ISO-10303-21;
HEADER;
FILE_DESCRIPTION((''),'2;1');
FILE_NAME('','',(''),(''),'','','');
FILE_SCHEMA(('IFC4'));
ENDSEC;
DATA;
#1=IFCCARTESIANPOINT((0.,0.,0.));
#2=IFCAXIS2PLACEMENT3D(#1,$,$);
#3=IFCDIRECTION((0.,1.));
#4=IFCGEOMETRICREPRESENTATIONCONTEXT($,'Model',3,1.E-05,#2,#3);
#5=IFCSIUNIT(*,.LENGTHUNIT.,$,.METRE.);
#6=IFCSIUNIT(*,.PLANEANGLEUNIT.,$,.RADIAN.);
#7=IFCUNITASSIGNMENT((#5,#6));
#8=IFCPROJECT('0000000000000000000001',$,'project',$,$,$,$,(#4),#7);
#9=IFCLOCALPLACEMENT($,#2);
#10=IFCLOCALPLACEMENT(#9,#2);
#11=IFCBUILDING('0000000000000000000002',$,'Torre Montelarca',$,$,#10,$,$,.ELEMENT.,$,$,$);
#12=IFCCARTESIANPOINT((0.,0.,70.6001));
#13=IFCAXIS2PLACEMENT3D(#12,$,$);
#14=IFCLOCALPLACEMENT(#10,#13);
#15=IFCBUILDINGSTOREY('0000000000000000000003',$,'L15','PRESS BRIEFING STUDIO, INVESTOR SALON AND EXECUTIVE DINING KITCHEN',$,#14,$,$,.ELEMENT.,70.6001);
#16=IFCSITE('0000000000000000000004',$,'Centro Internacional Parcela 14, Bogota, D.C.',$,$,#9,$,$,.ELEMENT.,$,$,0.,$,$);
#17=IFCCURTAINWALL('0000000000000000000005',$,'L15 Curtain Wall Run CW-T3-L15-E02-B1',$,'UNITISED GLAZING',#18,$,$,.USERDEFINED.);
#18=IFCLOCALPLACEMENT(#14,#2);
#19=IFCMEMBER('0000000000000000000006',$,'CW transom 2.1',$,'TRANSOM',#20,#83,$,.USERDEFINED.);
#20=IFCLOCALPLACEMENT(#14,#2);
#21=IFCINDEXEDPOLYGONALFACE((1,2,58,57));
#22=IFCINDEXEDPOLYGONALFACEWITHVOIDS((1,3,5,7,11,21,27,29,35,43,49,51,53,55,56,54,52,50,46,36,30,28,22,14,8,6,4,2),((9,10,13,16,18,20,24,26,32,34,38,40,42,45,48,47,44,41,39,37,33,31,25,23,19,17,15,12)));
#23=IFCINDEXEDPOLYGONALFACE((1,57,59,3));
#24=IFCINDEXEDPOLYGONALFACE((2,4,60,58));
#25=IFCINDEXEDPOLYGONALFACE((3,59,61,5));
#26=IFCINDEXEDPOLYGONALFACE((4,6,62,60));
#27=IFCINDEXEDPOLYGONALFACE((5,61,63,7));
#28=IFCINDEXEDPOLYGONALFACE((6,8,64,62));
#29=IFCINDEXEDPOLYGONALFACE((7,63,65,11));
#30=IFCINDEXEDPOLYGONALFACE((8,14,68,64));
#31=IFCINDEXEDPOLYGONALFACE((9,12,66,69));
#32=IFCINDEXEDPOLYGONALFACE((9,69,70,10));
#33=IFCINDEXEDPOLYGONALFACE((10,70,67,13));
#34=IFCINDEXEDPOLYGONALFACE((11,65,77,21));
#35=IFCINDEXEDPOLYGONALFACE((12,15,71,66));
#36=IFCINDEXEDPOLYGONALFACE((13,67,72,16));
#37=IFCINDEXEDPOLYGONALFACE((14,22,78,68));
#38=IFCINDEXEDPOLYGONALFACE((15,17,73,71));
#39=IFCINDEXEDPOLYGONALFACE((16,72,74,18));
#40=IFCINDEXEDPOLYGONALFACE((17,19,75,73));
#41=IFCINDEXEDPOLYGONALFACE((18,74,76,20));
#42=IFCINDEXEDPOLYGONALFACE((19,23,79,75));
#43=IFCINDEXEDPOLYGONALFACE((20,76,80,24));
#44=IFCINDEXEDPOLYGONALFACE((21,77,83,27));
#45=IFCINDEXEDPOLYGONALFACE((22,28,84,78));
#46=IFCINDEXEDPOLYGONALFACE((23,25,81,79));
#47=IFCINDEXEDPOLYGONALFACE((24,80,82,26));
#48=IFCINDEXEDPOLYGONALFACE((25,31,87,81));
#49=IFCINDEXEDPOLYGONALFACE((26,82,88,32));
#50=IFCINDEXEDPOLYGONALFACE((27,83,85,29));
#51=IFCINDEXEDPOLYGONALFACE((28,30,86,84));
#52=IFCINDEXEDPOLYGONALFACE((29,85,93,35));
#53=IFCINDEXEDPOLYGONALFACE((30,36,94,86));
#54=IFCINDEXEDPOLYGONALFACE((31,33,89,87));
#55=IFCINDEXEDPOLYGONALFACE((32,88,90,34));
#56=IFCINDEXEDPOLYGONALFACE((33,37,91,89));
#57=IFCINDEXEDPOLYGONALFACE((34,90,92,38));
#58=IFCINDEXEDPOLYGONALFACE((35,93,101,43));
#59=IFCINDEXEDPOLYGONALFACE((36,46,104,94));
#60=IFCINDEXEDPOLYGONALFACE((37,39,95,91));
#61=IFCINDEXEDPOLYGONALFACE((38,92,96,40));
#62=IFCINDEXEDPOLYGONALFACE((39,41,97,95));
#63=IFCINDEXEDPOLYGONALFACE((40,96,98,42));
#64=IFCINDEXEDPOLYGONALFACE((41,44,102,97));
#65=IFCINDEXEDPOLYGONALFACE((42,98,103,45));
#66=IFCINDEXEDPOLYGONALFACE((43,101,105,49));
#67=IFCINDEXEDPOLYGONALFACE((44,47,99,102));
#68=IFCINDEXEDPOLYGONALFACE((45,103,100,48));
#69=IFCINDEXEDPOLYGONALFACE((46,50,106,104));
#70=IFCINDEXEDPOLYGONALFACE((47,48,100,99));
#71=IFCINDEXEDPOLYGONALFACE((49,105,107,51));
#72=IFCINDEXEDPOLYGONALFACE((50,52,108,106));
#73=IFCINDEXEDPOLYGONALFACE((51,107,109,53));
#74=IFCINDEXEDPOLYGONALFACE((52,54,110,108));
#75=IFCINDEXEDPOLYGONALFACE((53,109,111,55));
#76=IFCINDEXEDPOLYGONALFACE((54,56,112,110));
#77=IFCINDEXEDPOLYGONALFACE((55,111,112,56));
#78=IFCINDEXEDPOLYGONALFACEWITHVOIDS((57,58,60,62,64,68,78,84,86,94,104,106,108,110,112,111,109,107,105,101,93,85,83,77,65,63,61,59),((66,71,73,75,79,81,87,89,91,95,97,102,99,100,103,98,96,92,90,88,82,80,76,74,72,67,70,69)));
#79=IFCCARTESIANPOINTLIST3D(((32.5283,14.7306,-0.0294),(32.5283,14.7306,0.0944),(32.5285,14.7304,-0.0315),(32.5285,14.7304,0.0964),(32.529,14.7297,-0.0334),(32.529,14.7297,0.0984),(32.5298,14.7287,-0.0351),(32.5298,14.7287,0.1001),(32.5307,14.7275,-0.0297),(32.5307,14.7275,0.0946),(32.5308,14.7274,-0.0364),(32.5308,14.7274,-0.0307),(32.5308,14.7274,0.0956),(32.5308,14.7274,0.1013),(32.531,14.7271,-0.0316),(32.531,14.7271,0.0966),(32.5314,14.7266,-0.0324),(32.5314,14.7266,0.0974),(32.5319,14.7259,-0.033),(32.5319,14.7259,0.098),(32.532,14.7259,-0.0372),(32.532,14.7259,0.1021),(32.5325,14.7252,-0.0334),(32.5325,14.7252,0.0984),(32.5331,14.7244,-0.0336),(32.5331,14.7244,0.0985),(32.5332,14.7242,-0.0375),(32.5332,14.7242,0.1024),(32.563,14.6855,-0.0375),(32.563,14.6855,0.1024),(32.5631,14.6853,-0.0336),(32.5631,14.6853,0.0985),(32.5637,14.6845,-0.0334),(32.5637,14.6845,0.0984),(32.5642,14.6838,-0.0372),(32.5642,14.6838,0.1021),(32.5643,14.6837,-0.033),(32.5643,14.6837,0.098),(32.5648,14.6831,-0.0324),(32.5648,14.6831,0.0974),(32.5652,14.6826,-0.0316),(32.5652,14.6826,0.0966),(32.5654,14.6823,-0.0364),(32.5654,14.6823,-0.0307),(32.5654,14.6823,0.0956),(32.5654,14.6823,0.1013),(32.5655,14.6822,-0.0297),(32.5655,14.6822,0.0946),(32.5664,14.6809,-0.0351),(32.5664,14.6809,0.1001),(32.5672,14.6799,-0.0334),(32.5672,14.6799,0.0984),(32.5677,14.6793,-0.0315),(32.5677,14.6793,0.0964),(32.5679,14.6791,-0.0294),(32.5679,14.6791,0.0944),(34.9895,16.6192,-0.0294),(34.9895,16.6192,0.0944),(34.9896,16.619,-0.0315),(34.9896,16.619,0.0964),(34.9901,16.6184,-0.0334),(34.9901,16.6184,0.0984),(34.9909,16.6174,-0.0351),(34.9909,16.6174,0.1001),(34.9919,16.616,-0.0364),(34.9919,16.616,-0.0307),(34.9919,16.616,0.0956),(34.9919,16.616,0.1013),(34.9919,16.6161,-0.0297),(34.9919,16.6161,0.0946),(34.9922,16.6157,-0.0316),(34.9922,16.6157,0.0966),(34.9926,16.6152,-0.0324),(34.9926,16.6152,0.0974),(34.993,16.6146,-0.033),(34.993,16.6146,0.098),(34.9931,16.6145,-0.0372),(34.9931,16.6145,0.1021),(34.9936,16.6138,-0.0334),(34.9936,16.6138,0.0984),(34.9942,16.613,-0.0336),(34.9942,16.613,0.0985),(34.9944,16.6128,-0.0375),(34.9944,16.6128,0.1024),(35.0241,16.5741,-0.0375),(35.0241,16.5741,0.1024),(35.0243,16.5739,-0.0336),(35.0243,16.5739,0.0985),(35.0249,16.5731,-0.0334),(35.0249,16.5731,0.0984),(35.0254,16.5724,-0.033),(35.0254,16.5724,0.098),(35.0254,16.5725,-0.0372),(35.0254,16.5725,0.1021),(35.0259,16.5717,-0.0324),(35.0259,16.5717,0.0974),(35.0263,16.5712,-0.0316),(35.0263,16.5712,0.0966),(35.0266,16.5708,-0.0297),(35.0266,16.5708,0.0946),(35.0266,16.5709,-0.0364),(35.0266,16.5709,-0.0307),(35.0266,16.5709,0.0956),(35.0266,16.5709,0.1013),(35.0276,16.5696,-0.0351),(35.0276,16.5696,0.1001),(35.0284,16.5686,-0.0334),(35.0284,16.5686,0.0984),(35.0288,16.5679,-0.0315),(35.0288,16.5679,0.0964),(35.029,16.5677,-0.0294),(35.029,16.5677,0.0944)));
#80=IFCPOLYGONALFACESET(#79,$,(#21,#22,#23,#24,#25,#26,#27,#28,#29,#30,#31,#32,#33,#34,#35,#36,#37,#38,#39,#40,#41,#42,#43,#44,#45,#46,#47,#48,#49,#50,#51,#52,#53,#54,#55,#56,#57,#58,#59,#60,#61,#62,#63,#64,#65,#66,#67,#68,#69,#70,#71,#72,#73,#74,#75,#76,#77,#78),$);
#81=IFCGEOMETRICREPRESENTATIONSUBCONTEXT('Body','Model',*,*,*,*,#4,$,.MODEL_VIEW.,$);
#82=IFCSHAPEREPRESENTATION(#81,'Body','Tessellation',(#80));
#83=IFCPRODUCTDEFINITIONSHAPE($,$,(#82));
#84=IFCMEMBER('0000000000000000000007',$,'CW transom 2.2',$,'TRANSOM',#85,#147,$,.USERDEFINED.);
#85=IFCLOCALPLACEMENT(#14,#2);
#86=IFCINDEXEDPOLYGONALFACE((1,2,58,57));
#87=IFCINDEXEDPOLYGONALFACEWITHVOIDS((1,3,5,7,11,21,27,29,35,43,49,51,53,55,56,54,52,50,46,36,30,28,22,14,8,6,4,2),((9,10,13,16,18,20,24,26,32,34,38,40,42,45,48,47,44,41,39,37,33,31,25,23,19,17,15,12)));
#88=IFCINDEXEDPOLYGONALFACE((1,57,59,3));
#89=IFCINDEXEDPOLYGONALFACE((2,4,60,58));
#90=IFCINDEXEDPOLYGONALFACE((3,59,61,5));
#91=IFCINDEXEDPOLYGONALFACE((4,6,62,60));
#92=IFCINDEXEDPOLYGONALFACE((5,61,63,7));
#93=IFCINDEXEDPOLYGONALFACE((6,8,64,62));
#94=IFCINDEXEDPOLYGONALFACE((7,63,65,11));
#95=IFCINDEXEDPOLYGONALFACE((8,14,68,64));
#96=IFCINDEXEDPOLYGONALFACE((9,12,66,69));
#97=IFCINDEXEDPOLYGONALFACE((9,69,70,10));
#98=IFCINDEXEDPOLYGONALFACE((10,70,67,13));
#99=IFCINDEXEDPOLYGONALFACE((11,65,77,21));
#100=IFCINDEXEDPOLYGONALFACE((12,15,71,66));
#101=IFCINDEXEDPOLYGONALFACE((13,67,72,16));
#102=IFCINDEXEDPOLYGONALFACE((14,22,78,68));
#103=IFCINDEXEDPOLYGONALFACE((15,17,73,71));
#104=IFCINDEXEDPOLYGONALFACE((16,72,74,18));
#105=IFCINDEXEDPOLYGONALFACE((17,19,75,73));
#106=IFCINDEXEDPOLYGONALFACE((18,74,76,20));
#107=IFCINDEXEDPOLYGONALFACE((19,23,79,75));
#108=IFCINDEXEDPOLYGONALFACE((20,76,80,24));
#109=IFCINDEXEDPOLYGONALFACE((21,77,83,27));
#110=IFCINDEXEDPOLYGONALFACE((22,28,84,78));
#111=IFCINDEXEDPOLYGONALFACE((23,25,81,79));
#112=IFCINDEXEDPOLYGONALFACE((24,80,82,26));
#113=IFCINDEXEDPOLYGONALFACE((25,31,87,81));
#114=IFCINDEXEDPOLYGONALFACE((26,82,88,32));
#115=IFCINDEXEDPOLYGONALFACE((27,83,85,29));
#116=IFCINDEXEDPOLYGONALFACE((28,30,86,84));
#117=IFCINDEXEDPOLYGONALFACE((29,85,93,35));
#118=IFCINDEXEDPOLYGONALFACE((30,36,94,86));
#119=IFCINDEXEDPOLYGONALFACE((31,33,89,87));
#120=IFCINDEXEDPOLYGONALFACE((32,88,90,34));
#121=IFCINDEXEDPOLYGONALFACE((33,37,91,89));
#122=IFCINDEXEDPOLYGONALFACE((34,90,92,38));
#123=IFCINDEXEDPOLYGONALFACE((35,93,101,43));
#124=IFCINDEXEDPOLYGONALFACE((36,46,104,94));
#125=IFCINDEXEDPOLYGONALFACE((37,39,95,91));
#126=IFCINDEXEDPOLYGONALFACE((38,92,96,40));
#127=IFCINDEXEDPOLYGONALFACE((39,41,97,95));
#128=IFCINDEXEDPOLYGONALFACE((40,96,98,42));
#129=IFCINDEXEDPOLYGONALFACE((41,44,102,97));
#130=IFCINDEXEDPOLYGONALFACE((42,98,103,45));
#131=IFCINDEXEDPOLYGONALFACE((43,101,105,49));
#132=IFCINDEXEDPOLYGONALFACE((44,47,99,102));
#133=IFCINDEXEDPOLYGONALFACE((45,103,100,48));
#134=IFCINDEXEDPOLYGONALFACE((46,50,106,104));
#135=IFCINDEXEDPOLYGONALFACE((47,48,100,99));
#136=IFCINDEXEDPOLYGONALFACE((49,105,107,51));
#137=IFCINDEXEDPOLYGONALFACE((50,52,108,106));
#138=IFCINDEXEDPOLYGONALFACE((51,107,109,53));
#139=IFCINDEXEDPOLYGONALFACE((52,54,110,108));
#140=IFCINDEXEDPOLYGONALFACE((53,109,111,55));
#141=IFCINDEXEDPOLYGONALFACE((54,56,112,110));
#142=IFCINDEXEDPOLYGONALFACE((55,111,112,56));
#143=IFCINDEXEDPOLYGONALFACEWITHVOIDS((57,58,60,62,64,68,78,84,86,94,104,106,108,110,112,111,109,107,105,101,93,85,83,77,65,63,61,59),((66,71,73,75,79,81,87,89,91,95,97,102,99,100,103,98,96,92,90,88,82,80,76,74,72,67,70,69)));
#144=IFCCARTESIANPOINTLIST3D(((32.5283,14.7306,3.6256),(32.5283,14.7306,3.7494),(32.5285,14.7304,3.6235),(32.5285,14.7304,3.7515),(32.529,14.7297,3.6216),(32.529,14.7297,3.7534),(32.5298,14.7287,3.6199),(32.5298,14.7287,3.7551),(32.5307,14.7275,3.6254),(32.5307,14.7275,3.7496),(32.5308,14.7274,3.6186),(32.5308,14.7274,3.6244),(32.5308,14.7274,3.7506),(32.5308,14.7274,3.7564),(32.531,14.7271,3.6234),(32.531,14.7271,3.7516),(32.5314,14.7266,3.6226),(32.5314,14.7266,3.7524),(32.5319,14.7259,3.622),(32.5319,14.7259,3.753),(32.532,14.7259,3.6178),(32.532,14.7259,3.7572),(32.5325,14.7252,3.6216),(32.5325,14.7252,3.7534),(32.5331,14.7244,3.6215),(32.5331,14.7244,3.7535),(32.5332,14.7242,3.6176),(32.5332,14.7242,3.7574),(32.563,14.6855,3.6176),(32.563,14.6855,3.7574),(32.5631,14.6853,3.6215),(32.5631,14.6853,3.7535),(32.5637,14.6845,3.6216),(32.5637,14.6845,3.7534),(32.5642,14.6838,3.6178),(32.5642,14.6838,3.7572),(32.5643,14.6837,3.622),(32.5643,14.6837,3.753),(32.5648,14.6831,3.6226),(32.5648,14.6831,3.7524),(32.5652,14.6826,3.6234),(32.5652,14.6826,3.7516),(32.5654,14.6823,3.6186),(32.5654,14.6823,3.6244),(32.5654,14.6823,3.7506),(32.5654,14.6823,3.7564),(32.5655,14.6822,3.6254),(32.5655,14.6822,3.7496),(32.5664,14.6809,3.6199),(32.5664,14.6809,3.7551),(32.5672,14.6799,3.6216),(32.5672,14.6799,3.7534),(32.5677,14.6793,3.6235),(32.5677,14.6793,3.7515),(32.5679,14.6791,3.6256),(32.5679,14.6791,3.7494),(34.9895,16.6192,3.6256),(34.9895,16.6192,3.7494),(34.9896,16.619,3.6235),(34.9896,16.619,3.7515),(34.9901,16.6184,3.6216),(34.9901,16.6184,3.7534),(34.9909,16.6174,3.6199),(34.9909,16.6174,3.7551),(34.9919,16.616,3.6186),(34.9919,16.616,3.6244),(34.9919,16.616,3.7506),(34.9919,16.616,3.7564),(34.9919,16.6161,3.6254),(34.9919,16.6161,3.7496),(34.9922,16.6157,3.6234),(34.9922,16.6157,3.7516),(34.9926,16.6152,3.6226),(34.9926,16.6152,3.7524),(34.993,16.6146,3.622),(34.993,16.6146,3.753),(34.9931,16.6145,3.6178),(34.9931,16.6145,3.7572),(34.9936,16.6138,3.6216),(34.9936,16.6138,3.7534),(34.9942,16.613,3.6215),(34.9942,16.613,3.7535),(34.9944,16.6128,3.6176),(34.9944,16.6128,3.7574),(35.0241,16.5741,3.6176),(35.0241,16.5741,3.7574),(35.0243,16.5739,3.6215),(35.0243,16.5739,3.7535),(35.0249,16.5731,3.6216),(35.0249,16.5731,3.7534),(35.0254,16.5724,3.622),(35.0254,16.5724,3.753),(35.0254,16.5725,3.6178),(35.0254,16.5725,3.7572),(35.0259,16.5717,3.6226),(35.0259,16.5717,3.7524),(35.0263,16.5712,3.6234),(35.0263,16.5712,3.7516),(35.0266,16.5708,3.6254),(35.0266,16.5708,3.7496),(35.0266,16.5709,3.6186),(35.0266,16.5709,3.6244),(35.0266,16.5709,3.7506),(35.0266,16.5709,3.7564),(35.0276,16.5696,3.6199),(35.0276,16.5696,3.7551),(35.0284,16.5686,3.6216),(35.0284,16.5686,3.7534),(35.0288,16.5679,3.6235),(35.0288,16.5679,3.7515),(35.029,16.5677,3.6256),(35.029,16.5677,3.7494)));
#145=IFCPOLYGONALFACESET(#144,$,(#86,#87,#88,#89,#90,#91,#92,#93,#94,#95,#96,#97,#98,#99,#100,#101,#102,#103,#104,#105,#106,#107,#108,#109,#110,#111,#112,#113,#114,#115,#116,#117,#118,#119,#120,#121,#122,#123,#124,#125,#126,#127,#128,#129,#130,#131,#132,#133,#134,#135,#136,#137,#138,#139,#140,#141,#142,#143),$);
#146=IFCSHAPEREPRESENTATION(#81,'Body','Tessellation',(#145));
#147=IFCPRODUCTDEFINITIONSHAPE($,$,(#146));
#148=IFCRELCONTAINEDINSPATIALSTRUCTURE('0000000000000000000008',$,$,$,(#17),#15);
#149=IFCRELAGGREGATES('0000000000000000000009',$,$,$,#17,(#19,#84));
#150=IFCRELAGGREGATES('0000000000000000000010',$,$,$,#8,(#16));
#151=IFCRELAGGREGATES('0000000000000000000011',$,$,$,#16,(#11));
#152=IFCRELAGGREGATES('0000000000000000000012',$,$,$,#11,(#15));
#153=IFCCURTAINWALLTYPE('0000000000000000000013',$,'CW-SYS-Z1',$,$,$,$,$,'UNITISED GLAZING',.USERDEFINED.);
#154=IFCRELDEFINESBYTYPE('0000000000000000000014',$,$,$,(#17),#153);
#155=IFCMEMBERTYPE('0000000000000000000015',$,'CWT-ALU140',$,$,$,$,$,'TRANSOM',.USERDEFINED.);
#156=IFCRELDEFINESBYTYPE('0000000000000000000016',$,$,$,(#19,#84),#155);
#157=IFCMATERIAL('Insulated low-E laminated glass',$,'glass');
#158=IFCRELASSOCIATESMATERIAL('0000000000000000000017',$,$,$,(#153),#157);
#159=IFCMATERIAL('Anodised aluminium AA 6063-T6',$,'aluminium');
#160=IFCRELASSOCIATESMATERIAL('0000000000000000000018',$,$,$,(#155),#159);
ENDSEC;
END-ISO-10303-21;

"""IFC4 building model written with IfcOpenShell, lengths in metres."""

from ifc_helpers import new_model, si_unit, direction, frame, origin, origin_2d, place, context, subcontext, project, spatial, hollow_rectangle, extrude, source, transform, mapped, material, material_profile, profile_set, type_object, element, aggregate, save


model = new_model("IFC4")

# Units and contexts
model_context = context("Model", 3, precision=1e-05, world=origin(), true_north=direction((0.0, 1.0)))
body_context = subcontext(model_context, "Body", "Model", "MODEL_VIEW")
ifc_project = project(units=[si_unit("LENGTHUNIT", "METRE"), si_unit("PLANEANGLEUNIT", "RADIAN")], contexts=[model_context])

# Site, building, storey
site_placement = place(None, origin())
site = spatial("IfcSite", under=ifc_project, at=site_placement, Name="Centro Internacional Parcela 14, Bogota, D.C.", CompositionType="ELEMENT", RefElevation=0.0)
building_placement = place(site_placement, origin())
building = spatial("IfcBuilding", under=site, at=building_placement, Name="Torre Montelarca", CompositionType="ELEMENT")
storey_placement = place(building_placement, frame((0.0, 0.0, 70.6001)))
storey = spatial("IfcBuildingStorey", under=building, at=storey_placement, Name="L15", Description="PRESS BRIEFING STUDIO, INVESTOR SALON AND EXECUTIVE DINING KITCHEN", CompositionType="ELEMENT", Elevation=70.6001)

# Curtain wall, members
ifc_material_1 = material(Name="Insulated low-E laminated glass", Category="glass")
curtain_wall_type = type_object("IfcCurtainWallType", Name="CW-SYS-Z1", ElementType="UNITISED GLAZING", PredefinedType="USERDEFINED", material=ifc_material_1)
curtain_wall_1_placement = place(storey_placement, origin())
curtain_wall_1 = element("IfcCurtainWall", 1, at=curtain_wall_1_placement, inside=storey, type_object=curtain_wall_type, Name="L15 Curtain Wall Run CW-T3-L15-E02-B1", ObjectType="UNITISED GLAZING", PredefinedType="USERDEFINED")
ifc_material_2 = material(Name="Anodised aluminium AA 6063-T6", Category="aluminium")
ifc_material_profile_1 = material_profile(ifc_material_2, hollow_rectangle(XDim=0.0649, YDim=0.1399, WallThickness=0.0039, InnerFilletRadius=0.0039, OuterFilletRadius=0.0081, at=origin_2d()), Name="ALU65X140X4", Category="aluminium")
ifc_profile_set_1 = profile_set([ifc_material_profile_1], Name="Anodised aluminium AA 6063-T6")
member_type_1 = type_object("IfcMemberType", Name="CWT-ALU140", ElementType="TRANSOM", PredefinedType="USERDEFINED", material=ifc_profile_set_1)
shared_shape_1 = source(origin(), body_context, "Body", "SweptSolid", [
    extrude(hollow_rectangle(XDim=0.0649, YDim=0.1399, WallThickness=0.0039, InnerFilletRadius=0.0039, OuterFilletRadius=0.0081, at=origin_2d()), origin(), (0.0, 0.0, 1.0), 3.1023),
])
member_1_placement = place(storey_placement, frame((32.5481, 14.7048, 0.0325), z_axis=(0.793331, 0.60879, 0.0), x_axis=(-0.60879, 0.793331, 0.0)))
member_1 = element("IfcMember", 2, at=member_1_placement, type_object=member_type_1, Name="CW transom 2.1", ObjectType="TRANSOM", PredefinedType="USERDEFINED", context=body_context, shape_type="MappedRepresentation", body=[
    mapped(shared_shape_1, transform((0.0, 0.0, 0.0), scale=1.0)),
])
member_2_placement = place(storey_placement, frame((32.5481, 14.7048, 3.6875), z_axis=(0.793331, 0.60879, 0.0), x_axis=(-0.60879, 0.793331, 0.0)))
member_2 = element("IfcMember", 3, at=member_2_placement, type_object=member_type_1, Name="CW transom 2.2", ObjectType="TRANSOM", PredefinedType="USERDEFINED", context=body_context, shape_type="MappedRepresentation", body=[
    mapped(shared_shape_1, transform((0.0, 0.0, 0.0), scale=1.0)),
])

aggregate(curtain_wall_1, [member_1, member_2])

save(model, "model.ifc")
